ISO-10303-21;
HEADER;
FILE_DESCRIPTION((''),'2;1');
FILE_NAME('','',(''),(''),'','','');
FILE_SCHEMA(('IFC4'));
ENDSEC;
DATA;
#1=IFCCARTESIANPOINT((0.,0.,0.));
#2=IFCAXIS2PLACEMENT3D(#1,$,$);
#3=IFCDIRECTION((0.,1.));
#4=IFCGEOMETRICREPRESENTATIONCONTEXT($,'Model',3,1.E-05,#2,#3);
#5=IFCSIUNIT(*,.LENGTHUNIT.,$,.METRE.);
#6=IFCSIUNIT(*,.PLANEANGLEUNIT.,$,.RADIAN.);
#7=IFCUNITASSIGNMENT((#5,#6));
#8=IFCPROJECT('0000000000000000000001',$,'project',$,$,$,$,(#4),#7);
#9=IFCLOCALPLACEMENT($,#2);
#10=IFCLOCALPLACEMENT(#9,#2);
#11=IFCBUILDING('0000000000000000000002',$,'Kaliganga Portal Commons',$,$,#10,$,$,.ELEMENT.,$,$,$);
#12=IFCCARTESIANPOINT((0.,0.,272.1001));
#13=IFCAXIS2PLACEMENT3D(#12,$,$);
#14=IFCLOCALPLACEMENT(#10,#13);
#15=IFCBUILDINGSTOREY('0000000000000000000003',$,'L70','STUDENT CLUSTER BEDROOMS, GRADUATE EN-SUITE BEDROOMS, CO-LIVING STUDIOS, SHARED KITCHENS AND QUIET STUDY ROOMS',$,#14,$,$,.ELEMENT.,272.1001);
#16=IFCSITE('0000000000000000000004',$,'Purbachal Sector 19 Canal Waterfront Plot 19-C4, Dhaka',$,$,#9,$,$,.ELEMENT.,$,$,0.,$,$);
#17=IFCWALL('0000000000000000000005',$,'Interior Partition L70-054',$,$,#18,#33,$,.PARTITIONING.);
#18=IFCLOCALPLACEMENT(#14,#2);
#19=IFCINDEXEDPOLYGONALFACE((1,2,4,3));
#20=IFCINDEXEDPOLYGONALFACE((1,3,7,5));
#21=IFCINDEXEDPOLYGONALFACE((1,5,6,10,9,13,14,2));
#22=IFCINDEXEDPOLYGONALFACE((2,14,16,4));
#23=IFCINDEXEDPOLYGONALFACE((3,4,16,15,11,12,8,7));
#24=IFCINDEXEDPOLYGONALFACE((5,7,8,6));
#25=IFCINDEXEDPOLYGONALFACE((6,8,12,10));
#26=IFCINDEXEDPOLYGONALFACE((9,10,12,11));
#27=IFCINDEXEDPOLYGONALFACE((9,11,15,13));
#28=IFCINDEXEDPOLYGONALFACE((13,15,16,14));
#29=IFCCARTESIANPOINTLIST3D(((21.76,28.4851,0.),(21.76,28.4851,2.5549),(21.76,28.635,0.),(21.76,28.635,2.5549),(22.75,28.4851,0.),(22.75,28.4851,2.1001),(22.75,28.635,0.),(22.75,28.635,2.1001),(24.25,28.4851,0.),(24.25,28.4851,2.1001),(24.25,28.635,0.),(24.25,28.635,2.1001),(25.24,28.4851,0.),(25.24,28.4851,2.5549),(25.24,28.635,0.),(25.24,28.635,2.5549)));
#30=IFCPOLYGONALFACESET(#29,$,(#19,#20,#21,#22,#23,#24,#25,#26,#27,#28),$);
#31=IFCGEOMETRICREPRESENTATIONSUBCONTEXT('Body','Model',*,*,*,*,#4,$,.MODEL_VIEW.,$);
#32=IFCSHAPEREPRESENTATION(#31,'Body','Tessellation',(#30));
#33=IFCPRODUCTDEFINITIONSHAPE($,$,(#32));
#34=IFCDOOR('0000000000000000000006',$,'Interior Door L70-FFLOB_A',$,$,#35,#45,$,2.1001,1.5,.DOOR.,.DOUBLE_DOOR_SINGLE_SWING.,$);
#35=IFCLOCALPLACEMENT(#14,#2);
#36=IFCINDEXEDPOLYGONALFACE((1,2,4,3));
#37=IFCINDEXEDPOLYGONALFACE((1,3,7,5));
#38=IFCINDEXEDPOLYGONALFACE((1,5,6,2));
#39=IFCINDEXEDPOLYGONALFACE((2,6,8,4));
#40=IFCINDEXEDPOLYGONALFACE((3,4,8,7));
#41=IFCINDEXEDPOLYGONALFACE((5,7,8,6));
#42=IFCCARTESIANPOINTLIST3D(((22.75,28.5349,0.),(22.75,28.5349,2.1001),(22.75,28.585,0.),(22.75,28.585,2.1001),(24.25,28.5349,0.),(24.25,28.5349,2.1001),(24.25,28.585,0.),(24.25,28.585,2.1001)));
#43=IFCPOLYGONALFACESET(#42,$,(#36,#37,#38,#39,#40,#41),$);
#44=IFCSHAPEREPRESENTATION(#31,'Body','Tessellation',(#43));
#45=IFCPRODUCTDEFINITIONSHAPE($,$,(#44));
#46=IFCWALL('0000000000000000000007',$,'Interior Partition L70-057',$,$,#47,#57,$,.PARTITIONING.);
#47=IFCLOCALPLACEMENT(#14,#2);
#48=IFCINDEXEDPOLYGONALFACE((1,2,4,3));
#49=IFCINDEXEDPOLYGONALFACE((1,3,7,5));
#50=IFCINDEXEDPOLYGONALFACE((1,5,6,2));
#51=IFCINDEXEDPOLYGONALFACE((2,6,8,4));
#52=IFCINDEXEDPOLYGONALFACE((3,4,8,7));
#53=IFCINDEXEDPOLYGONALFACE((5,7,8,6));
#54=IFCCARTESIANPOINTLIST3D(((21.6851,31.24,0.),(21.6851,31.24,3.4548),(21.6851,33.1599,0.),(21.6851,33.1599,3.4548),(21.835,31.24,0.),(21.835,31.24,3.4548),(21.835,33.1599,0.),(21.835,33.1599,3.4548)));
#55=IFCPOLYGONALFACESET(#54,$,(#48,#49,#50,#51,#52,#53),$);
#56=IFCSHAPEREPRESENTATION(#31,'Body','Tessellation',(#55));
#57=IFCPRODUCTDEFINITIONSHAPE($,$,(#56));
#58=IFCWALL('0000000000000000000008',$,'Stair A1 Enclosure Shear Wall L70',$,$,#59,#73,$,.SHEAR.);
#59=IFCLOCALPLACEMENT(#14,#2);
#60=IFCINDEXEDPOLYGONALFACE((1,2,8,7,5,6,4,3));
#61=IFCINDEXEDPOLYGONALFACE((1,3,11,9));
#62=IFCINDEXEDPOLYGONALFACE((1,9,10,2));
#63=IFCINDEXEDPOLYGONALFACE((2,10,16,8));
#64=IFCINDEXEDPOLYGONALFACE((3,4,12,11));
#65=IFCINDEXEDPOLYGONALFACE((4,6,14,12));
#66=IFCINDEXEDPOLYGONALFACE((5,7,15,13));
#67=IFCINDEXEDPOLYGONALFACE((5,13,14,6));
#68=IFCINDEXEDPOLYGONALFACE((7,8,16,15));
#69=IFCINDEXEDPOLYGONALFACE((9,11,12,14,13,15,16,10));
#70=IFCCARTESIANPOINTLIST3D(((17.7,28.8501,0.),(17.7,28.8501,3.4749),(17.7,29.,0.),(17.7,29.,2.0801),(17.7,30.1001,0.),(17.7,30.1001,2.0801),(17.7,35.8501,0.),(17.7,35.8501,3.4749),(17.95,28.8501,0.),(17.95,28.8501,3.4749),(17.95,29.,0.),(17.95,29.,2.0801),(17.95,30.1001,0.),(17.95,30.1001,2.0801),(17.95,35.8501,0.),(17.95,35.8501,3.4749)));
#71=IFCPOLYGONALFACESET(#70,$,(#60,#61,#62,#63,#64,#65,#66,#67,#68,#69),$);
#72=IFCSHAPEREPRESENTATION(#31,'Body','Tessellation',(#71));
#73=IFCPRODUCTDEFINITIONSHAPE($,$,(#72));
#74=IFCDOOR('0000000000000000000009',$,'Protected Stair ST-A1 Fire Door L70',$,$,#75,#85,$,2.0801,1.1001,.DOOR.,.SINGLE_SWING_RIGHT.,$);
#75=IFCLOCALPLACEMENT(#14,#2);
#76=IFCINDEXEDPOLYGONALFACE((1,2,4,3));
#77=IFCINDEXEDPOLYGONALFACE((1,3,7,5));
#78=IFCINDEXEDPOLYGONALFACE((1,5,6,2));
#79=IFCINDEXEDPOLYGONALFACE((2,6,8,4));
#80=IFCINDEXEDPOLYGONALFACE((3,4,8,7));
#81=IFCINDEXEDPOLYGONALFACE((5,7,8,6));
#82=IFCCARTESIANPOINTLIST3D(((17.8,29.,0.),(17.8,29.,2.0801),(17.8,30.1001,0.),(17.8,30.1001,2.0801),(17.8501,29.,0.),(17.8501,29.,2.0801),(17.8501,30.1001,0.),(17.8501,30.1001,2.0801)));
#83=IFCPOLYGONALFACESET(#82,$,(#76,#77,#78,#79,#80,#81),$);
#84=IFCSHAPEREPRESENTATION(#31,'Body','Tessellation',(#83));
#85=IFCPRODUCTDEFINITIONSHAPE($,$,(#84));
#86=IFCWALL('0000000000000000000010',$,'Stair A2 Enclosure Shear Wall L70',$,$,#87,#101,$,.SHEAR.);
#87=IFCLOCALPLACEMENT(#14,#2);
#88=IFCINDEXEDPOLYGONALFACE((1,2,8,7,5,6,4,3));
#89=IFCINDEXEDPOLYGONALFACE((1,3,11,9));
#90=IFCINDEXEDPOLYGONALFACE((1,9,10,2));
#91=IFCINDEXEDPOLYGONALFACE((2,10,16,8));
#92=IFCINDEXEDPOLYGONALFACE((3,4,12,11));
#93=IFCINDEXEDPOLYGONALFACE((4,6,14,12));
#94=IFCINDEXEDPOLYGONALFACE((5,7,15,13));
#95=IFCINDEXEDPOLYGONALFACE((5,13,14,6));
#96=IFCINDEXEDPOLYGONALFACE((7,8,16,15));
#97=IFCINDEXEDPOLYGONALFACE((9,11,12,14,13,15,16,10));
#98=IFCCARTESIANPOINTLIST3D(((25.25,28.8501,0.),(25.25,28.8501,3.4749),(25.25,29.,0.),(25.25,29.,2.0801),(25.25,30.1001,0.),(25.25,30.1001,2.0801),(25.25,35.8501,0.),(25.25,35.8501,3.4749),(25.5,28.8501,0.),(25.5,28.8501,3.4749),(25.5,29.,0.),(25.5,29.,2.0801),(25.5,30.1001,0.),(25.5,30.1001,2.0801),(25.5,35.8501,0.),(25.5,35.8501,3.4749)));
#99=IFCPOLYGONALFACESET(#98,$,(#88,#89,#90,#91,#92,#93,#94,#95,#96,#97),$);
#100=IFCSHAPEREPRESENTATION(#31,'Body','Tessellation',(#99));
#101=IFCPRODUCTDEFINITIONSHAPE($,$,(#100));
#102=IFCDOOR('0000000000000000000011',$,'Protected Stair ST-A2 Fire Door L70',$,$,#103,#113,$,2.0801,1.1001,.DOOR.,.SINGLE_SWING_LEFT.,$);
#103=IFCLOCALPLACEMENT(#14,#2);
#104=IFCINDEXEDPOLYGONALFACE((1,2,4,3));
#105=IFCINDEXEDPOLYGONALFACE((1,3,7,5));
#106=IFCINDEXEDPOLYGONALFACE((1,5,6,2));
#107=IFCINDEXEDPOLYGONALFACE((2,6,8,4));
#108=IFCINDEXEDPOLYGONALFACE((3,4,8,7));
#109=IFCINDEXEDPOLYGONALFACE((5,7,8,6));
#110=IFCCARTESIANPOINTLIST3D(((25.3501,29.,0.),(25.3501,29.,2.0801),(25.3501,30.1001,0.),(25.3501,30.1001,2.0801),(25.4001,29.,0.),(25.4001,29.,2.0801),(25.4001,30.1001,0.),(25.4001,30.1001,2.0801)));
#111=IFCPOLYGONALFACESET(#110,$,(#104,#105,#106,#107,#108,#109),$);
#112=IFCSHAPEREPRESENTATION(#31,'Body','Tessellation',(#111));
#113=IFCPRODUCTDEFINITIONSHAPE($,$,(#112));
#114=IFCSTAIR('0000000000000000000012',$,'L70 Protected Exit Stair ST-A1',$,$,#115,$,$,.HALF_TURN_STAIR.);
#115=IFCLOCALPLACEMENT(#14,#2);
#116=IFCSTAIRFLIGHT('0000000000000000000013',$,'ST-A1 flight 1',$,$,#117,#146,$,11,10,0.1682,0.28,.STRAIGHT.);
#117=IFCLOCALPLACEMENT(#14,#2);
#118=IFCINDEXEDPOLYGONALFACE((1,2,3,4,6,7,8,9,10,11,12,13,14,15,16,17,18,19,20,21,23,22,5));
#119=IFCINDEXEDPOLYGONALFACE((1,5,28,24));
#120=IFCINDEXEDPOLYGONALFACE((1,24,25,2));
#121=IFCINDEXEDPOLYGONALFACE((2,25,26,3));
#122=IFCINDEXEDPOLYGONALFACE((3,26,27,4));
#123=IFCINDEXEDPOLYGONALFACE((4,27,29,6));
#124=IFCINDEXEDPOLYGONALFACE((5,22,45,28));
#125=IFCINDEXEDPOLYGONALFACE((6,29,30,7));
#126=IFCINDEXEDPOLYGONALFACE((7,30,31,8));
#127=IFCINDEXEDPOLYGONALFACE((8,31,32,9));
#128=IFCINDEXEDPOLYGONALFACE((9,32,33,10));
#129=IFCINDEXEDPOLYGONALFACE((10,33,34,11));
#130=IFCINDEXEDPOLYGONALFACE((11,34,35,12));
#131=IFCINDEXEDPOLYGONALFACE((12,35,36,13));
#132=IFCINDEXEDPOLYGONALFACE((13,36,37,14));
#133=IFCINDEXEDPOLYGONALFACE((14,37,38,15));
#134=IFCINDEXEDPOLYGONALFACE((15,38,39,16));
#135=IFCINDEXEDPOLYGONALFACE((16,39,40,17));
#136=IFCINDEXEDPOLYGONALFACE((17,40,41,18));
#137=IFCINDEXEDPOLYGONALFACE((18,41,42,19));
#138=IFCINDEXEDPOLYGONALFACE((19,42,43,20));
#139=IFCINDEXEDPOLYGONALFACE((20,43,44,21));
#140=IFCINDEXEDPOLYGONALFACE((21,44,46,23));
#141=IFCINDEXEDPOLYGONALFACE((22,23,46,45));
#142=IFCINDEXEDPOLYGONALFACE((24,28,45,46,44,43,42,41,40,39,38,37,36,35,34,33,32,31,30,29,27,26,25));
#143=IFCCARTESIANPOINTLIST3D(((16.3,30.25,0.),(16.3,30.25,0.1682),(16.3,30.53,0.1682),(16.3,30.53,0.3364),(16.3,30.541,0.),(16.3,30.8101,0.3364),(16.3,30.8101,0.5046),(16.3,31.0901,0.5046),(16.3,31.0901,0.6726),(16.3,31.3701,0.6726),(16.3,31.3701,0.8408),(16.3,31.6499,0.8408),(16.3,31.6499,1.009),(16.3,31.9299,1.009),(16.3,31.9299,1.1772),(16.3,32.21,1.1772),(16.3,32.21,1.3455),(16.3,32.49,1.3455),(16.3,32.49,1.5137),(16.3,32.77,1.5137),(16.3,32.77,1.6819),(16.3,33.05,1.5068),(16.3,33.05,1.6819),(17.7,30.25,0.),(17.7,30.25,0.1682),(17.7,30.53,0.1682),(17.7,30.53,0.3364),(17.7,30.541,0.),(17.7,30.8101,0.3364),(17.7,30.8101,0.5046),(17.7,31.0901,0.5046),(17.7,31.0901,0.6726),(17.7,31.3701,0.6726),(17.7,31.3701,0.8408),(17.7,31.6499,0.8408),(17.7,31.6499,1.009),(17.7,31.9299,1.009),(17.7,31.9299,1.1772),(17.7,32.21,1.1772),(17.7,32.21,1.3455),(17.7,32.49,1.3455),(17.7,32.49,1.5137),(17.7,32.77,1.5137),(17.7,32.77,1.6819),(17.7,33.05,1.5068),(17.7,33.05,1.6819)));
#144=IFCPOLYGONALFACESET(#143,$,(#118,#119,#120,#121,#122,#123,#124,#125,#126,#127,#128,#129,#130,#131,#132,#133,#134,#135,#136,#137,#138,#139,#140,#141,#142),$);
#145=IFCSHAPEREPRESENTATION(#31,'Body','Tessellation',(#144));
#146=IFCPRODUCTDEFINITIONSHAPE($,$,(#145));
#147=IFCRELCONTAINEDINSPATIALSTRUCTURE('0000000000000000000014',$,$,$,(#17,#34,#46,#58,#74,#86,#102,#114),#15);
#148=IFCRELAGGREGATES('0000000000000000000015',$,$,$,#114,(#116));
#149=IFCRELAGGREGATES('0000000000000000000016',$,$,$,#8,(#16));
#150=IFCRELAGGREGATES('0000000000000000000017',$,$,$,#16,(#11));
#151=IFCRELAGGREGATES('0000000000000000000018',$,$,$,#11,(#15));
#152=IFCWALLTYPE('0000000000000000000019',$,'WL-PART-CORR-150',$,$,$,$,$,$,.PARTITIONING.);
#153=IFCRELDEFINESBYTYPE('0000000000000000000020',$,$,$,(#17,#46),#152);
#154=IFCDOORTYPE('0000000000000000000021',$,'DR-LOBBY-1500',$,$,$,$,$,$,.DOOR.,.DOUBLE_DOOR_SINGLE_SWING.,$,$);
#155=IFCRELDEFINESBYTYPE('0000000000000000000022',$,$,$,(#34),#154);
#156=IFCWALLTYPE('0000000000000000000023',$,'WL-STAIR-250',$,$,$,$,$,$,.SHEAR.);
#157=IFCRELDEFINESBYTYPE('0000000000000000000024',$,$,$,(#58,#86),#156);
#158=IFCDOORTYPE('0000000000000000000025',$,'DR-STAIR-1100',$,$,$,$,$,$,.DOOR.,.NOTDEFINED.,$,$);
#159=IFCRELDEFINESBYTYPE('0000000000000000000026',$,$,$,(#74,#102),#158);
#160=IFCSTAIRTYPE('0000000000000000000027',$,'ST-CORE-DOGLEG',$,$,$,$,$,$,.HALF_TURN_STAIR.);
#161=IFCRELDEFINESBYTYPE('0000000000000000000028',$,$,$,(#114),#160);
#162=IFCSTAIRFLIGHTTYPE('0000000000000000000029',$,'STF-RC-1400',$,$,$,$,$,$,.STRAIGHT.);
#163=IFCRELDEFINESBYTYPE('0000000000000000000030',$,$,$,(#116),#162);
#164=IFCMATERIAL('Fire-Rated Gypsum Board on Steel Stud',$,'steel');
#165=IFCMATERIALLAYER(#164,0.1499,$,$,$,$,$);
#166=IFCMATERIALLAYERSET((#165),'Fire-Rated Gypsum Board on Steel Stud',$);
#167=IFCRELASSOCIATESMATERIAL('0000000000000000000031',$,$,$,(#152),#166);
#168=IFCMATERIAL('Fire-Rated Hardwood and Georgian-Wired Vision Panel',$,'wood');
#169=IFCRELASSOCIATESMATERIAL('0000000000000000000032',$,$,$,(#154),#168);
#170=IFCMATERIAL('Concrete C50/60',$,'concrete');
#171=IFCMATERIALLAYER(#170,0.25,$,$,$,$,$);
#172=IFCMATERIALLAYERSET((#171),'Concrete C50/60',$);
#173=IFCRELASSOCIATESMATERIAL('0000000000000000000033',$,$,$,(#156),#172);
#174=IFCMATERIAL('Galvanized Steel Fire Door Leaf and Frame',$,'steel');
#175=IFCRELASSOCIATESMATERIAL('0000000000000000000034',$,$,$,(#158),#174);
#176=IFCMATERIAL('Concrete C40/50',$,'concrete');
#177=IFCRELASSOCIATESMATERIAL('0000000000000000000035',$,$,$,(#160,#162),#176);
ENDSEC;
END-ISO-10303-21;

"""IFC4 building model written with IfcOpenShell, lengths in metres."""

from ifc_helpers import new_model, si_unit, direction, frame, frame_2d, origin, place, context, subcontext, project, spatial, polyline, rectangle, outline, extrude, material, layer, layer_set, type_object, element, fill, aggregate, save


model = new_model("IFC4")

# Units and contexts
model_context = context("Model", 3, precision=1e-05, world=origin(), true_north=direction((0.0, 1.0)))
body_context = subcontext(model_context, "Body", "Model", "MODEL_VIEW")
ifc_project = project(units=[si_unit("LENGTHUNIT", "METRE"), si_unit("PLANEANGLEUNIT", "RADIAN")], contexts=[model_context])

# Site, building, storey
site_placement = place(None, origin())
site = spatial("IfcSite", under=ifc_project, at=site_placement, Name="Purbachal Sector 19 Canal Waterfront Plot 19-C4, Dhaka", CompositionType="ELEMENT", RefElevation=0.0)
building_placement = place(site_placement, origin())
building = spatial("IfcBuilding", under=site, at=building_placement, Name="Kaliganga Portal Commons", CompositionType="ELEMENT")
storey_placement = place(building_placement, frame((0.0, 0.0, 272.1001)))
storey = spatial("IfcBuildingStorey", under=building, at=storey_placement, Name="L70", Description="STUDENT CLUSTER BEDROOMS, GRADUATE EN-SUITE BEDROOMS, CO-LIVING STUDIOS, SHARED KITCHENS AND QUIET STUDY ROOMS", CompositionType="ELEMENT", Elevation=272.1001)

# Shared definitions
ifc_material_1 = material(Name="Concrete C50/60", Category="concrete")

# Shared definitions
ifc_material_2 = material(Name="Fire-Rated Gypsum Board on Steel Stud", Category="steel")
ifc_layer_1 = layer(ifc_material_2, 0.1499)
ifc_layer_set_1 = layer_set([ifc_layer_1], Name="Fire-Rated Gypsum Board on Steel Stud")
wall_type_1 = type_object("IfcWallType", Name="WL-PART-CORR-150", PredefinedType="PARTITIONING", material=ifc_layer_set_1)

# Wall, opening, door
wall_1_placement = place(storey_placement, frame((21.76, 28.5601, 0.0), z_axis=(0.0, 0.0, 1.0), x_axis=(1.0, 0.0, 0.0)))
wall_1 = element("IfcWall", 1, at=wall_1_placement, inside=storey, type_object=wall_type_1, Name="Interior Partition L70-054", PredefinedType="PARTITIONING", context=body_context, shape_type="SweptSolid", body=[
    extrude(rectangle(XDim=3.48, YDim=0.1499, at=frame_2d((1.74, 0.0))), origin(), (0.0, 0.0, 1.0), 2.5549),
])
opening_1_placement = place(wall_1_placement, frame((0.99, 0.0, 0.0)))
opening_1 = element("IfcOpeningElement", 2, at=opening_1_placement, cuts=wall_1, PredefinedType="OPENING", context=body_context, shape_type="SweptSolid", body=[
    extrude(rectangle(XDim=1.5, YDim=2.1001, at=frame_2d((0.75, 1.05))), frame((0.0, 0.085, 0.0), z_axis=(0.0, -1.0, 0.0), x_axis=(1.0, 0.0, 0.0)), (0.0, 0.0, 1.0), 0.1699),
])
ifc_material_3 = material(Name="Fire-Rated Hardwood and Georgian-Wired Vision Panel", Category="wood")
door_type_1 = type_object("IfcDoorType", Name="DR-LOBBY-1500", OperationType="DOUBLE_DOOR_SINGLE_SWING", PredefinedType="DOOR", material=ifc_material_3)
door_1_placement = place(opening_1_placement, origin())
door_1 = element("IfcDoor", 3, at=door_1_placement, inside=storey, type_object=door_type_1, Name="Interior Door L70-FFLOB_A", OperationType="DOUBLE_DOOR_SINGLE_SWING", OverallHeight=2.1001, OverallWidth=1.5, PredefinedType="DOOR", context=body_context, shape_type="SweptSolid", body=[
    extrude(rectangle(XDim=1.5, YDim=2.1001, at=frame_2d((0.75, 1.05))), frame((0.0, 0.0249, 0.0), z_axis=(0.0, -1.0, 0.0), x_axis=(1.0, 0.0, 0.0)), (0.0, 0.0, 1.0), 0.05),
])
fill(opening_1, door_1)

# Wall
wall_2_placement = place(storey_placement, frame((21.76, 31.24, 0.0), z_axis=(0.0, 0.0, 1.0), x_axis=(0.0, 1.0, 0.0)))
element("IfcWall", 4, at=wall_2_placement, inside=storey, type_object=wall_type_1, Name="Interior Partition L70-057", PredefinedType="PARTITIONING", context=body_context, shape_type="SweptSolid", body=[
    extrude(rectangle(XDim=1.9199, YDim=0.1499, at=frame_2d((0.96, 0.0))), origin(), (0.0, 0.0, 1.0), 3.4548),
])

# Walls, openings, doors
ifc_layer_2 = layer(ifc_material_1, 0.25)
ifc_layer_set_2 = layer_set([ifc_layer_2], Name="Concrete C50/60")
wall_type_2 = type_object("IfcWallType", Name="WL-STAIR-250", PredefinedType="SHEAR", material=ifc_layer_set_2)
wall_3_placement = place(storey_placement, frame((17.825, 28.8501, 0.0), z_axis=(0.0, 0.0, 1.0), x_axis=(0.0, 1.0, 0.0)))
wall_3 = element("IfcWall", 5, at=wall_3_placement, inside=storey, type_object=wall_type_2, Name="Stair A1 Enclosure Shear Wall L70", PredefinedType="SHEAR", context=body_context, shape_type="SweptSolid", body=[
    extrude(rectangle(XDim=7.0, YDim=0.25, at=frame_2d((3.5, 0.0))), origin(), (0.0, 0.0, 1.0), 3.4749),
])
opening_2_placement = place(wall_3_placement, frame((0.1499, 0.0, 0.0)))
opening_2 = element("IfcOpeningElement", 6, at=opening_2_placement, cuts=wall_3, PredefinedType="OPENING", context=body_context, shape_type="SweptSolid", body=[
    extrude(rectangle(XDim=1.1001, YDim=2.0801, at=frame_2d((0.55, 1.04))), frame((0.0, 0.135, 0.0), z_axis=(0.0, -1.0, 0.0), x_axis=(1.0, 0.0, 0.0)), (0.0, 0.0, 1.0), 0.27),
])
ifc_material_4 = material(Name="Galvanized Steel Fire Door Leaf and Frame", Category="steel")
door_type_2 = type_object("IfcDoorType", Name="DR-STAIR-1100", OperationType="NOTDEFINED", PredefinedType="DOOR", material=ifc_material_4)
door_2_placement = place(opening_2_placement, origin())
door_2 = element("IfcDoor", 7, at=door_2_placement, inside=storey, type_object=door_type_2, Name="Protected Stair ST-A1 Fire Door L70", OperationType="SINGLE_SWING_RIGHT", OverallHeight=2.0801, OverallWidth=1.1001, PredefinedType="DOOR", context=body_context, shape_type="SweptSolid", body=[
    extrude(rectangle(XDim=1.1001, YDim=2.0801, at=frame_2d((0.55, 1.04))), frame((0.0, 0.0249, 0.0), z_axis=(0.0, -1.0, 0.0), x_axis=(1.0, 0.0, 0.0)), (0.0, 0.0, 1.0), 0.05),
])
fill(opening_2, door_2)
wall_4_placement = place(storey_placement, frame((25.375, 28.8501, 0.0), z_axis=(0.0, 0.0, 1.0), x_axis=(0.0, 1.0, 0.0)))
wall_4 = element("IfcWall", 8, at=wall_4_placement, inside=storey, type_object=wall_type_2, Name="Stair A2 Enclosure Shear Wall L70", PredefinedType="SHEAR", context=body_context, shape_type="SweptSolid", body=[
    extrude(rectangle(XDim=7.0, YDim=0.25, at=frame_2d((3.5, 0.0))), origin(), (0.0, 0.0, 1.0), 3.4749),
])
opening_3_placement = place(wall_4_placement, frame((0.1499, 0.0, 0.0)))
opening_3 = element("IfcOpeningElement", 9, at=opening_3_placement, cuts=wall_4, PredefinedType="OPENING", context=body_context, shape_type="SweptSolid", body=[
    extrude(rectangle(XDim=1.1001, YDim=2.0801, at=frame_2d((0.55, 1.04))), frame((0.0, 0.135, 0.0), z_axis=(0.0, -1.0, 0.0), x_axis=(1.0, 0.0, 0.0)), (0.0, 0.0, 1.0), 0.27),
])
door_3_placement = place(opening_3_placement, origin())
door_3 = element("IfcDoor", 10, at=door_3_placement, inside=storey, type_object=door_type_2, Name="Protected Stair ST-A2 Fire Door L70", OperationType="SINGLE_SWING_LEFT", OverallHeight=2.0801, OverallWidth=1.1001, PredefinedType="DOOR", context=body_context, shape_type="SweptSolid", body=[
    extrude(rectangle(XDim=1.1001, YDim=2.0801, at=frame_2d((0.55, 1.04))), frame((0.0, 0.0249, 0.0), z_axis=(0.0, -1.0, 0.0), x_axis=(1.0, 0.0, 0.0)), (0.0, 0.0, 1.0), 0.05),
])
fill(opening_3, door_3)

# Stair, stair flight
ifc_material_5 = material(Name="Concrete C40/50", Category="concrete")
stair_type = type_object("IfcStairType", Name="ST-CORE-DOGLEG", PredefinedType="HALF_TURN_STAIR", material=ifc_material_5)
stair_placement = place(storey_placement, origin())
stair = element("IfcStair", 11, at=stair_placement, inside=storey, type_object=stair_type, Name="L70 Protected Exit Stair ST-A1", PredefinedType="HALF_TURN_STAIR")
stair_flight_type = type_object("IfcStairFlightType", Name="STF-RC-1400", PredefinedType="STRAIGHT", material=ifc_material_5)
stair_flight_placement = place(storey_placement, frame((17.0, 30.25, 0.0), z_axis=(0.0, 0.0, 1.0), x_axis=(0.0, 1.0, 0.0)))
stair_flight = element("IfcStairFlight", 12, at=stair_flight_placement, type_object=stair_flight_type, Name="ST-A1 flight 1", NumberOfRisers=11, NumberOfTreads=10, PredefinedType="STRAIGHT", RiserHeight=0.1682, TreadLength=0.28, context=body_context, shape_type="SweptSolid", body=[
    extrude(outline(polyline([(0.0, 0.0), (0.0, 0.1682), (0.28, 0.1682), (0.28, 0.3364), (0.5601, 0.3364), (0.5601, 0.5046), (0.8401, 0.5046), (0.8401, 0.6726), (1.1201, 0.6726), (1.1201, 0.8408), (1.3999, 0.8408), (1.3999, 1.009), (1.6799, 1.009), (1.6799, 1.1772), (1.96, 1.1772), (1.96, 1.3455), (2.24, 1.3455), (2.24, 1.5137), (2.52, 1.5137), (2.52, 1.6819), (2.8, 1.6819), (2.8, 1.8501), (2.8, 1.5068), (0.291, 0.0), (0.0, 0.0)])), frame((0.0, 0.7, 0.0), z_axis=(0.0, -1.0, 0.0), x_axis=(1.0, 0.0, 0.0)), (0.0, 0.0, 1.0), 1.3999),
])
aggregate(stair, [stair_flight])

save(model, "model.ifc")
